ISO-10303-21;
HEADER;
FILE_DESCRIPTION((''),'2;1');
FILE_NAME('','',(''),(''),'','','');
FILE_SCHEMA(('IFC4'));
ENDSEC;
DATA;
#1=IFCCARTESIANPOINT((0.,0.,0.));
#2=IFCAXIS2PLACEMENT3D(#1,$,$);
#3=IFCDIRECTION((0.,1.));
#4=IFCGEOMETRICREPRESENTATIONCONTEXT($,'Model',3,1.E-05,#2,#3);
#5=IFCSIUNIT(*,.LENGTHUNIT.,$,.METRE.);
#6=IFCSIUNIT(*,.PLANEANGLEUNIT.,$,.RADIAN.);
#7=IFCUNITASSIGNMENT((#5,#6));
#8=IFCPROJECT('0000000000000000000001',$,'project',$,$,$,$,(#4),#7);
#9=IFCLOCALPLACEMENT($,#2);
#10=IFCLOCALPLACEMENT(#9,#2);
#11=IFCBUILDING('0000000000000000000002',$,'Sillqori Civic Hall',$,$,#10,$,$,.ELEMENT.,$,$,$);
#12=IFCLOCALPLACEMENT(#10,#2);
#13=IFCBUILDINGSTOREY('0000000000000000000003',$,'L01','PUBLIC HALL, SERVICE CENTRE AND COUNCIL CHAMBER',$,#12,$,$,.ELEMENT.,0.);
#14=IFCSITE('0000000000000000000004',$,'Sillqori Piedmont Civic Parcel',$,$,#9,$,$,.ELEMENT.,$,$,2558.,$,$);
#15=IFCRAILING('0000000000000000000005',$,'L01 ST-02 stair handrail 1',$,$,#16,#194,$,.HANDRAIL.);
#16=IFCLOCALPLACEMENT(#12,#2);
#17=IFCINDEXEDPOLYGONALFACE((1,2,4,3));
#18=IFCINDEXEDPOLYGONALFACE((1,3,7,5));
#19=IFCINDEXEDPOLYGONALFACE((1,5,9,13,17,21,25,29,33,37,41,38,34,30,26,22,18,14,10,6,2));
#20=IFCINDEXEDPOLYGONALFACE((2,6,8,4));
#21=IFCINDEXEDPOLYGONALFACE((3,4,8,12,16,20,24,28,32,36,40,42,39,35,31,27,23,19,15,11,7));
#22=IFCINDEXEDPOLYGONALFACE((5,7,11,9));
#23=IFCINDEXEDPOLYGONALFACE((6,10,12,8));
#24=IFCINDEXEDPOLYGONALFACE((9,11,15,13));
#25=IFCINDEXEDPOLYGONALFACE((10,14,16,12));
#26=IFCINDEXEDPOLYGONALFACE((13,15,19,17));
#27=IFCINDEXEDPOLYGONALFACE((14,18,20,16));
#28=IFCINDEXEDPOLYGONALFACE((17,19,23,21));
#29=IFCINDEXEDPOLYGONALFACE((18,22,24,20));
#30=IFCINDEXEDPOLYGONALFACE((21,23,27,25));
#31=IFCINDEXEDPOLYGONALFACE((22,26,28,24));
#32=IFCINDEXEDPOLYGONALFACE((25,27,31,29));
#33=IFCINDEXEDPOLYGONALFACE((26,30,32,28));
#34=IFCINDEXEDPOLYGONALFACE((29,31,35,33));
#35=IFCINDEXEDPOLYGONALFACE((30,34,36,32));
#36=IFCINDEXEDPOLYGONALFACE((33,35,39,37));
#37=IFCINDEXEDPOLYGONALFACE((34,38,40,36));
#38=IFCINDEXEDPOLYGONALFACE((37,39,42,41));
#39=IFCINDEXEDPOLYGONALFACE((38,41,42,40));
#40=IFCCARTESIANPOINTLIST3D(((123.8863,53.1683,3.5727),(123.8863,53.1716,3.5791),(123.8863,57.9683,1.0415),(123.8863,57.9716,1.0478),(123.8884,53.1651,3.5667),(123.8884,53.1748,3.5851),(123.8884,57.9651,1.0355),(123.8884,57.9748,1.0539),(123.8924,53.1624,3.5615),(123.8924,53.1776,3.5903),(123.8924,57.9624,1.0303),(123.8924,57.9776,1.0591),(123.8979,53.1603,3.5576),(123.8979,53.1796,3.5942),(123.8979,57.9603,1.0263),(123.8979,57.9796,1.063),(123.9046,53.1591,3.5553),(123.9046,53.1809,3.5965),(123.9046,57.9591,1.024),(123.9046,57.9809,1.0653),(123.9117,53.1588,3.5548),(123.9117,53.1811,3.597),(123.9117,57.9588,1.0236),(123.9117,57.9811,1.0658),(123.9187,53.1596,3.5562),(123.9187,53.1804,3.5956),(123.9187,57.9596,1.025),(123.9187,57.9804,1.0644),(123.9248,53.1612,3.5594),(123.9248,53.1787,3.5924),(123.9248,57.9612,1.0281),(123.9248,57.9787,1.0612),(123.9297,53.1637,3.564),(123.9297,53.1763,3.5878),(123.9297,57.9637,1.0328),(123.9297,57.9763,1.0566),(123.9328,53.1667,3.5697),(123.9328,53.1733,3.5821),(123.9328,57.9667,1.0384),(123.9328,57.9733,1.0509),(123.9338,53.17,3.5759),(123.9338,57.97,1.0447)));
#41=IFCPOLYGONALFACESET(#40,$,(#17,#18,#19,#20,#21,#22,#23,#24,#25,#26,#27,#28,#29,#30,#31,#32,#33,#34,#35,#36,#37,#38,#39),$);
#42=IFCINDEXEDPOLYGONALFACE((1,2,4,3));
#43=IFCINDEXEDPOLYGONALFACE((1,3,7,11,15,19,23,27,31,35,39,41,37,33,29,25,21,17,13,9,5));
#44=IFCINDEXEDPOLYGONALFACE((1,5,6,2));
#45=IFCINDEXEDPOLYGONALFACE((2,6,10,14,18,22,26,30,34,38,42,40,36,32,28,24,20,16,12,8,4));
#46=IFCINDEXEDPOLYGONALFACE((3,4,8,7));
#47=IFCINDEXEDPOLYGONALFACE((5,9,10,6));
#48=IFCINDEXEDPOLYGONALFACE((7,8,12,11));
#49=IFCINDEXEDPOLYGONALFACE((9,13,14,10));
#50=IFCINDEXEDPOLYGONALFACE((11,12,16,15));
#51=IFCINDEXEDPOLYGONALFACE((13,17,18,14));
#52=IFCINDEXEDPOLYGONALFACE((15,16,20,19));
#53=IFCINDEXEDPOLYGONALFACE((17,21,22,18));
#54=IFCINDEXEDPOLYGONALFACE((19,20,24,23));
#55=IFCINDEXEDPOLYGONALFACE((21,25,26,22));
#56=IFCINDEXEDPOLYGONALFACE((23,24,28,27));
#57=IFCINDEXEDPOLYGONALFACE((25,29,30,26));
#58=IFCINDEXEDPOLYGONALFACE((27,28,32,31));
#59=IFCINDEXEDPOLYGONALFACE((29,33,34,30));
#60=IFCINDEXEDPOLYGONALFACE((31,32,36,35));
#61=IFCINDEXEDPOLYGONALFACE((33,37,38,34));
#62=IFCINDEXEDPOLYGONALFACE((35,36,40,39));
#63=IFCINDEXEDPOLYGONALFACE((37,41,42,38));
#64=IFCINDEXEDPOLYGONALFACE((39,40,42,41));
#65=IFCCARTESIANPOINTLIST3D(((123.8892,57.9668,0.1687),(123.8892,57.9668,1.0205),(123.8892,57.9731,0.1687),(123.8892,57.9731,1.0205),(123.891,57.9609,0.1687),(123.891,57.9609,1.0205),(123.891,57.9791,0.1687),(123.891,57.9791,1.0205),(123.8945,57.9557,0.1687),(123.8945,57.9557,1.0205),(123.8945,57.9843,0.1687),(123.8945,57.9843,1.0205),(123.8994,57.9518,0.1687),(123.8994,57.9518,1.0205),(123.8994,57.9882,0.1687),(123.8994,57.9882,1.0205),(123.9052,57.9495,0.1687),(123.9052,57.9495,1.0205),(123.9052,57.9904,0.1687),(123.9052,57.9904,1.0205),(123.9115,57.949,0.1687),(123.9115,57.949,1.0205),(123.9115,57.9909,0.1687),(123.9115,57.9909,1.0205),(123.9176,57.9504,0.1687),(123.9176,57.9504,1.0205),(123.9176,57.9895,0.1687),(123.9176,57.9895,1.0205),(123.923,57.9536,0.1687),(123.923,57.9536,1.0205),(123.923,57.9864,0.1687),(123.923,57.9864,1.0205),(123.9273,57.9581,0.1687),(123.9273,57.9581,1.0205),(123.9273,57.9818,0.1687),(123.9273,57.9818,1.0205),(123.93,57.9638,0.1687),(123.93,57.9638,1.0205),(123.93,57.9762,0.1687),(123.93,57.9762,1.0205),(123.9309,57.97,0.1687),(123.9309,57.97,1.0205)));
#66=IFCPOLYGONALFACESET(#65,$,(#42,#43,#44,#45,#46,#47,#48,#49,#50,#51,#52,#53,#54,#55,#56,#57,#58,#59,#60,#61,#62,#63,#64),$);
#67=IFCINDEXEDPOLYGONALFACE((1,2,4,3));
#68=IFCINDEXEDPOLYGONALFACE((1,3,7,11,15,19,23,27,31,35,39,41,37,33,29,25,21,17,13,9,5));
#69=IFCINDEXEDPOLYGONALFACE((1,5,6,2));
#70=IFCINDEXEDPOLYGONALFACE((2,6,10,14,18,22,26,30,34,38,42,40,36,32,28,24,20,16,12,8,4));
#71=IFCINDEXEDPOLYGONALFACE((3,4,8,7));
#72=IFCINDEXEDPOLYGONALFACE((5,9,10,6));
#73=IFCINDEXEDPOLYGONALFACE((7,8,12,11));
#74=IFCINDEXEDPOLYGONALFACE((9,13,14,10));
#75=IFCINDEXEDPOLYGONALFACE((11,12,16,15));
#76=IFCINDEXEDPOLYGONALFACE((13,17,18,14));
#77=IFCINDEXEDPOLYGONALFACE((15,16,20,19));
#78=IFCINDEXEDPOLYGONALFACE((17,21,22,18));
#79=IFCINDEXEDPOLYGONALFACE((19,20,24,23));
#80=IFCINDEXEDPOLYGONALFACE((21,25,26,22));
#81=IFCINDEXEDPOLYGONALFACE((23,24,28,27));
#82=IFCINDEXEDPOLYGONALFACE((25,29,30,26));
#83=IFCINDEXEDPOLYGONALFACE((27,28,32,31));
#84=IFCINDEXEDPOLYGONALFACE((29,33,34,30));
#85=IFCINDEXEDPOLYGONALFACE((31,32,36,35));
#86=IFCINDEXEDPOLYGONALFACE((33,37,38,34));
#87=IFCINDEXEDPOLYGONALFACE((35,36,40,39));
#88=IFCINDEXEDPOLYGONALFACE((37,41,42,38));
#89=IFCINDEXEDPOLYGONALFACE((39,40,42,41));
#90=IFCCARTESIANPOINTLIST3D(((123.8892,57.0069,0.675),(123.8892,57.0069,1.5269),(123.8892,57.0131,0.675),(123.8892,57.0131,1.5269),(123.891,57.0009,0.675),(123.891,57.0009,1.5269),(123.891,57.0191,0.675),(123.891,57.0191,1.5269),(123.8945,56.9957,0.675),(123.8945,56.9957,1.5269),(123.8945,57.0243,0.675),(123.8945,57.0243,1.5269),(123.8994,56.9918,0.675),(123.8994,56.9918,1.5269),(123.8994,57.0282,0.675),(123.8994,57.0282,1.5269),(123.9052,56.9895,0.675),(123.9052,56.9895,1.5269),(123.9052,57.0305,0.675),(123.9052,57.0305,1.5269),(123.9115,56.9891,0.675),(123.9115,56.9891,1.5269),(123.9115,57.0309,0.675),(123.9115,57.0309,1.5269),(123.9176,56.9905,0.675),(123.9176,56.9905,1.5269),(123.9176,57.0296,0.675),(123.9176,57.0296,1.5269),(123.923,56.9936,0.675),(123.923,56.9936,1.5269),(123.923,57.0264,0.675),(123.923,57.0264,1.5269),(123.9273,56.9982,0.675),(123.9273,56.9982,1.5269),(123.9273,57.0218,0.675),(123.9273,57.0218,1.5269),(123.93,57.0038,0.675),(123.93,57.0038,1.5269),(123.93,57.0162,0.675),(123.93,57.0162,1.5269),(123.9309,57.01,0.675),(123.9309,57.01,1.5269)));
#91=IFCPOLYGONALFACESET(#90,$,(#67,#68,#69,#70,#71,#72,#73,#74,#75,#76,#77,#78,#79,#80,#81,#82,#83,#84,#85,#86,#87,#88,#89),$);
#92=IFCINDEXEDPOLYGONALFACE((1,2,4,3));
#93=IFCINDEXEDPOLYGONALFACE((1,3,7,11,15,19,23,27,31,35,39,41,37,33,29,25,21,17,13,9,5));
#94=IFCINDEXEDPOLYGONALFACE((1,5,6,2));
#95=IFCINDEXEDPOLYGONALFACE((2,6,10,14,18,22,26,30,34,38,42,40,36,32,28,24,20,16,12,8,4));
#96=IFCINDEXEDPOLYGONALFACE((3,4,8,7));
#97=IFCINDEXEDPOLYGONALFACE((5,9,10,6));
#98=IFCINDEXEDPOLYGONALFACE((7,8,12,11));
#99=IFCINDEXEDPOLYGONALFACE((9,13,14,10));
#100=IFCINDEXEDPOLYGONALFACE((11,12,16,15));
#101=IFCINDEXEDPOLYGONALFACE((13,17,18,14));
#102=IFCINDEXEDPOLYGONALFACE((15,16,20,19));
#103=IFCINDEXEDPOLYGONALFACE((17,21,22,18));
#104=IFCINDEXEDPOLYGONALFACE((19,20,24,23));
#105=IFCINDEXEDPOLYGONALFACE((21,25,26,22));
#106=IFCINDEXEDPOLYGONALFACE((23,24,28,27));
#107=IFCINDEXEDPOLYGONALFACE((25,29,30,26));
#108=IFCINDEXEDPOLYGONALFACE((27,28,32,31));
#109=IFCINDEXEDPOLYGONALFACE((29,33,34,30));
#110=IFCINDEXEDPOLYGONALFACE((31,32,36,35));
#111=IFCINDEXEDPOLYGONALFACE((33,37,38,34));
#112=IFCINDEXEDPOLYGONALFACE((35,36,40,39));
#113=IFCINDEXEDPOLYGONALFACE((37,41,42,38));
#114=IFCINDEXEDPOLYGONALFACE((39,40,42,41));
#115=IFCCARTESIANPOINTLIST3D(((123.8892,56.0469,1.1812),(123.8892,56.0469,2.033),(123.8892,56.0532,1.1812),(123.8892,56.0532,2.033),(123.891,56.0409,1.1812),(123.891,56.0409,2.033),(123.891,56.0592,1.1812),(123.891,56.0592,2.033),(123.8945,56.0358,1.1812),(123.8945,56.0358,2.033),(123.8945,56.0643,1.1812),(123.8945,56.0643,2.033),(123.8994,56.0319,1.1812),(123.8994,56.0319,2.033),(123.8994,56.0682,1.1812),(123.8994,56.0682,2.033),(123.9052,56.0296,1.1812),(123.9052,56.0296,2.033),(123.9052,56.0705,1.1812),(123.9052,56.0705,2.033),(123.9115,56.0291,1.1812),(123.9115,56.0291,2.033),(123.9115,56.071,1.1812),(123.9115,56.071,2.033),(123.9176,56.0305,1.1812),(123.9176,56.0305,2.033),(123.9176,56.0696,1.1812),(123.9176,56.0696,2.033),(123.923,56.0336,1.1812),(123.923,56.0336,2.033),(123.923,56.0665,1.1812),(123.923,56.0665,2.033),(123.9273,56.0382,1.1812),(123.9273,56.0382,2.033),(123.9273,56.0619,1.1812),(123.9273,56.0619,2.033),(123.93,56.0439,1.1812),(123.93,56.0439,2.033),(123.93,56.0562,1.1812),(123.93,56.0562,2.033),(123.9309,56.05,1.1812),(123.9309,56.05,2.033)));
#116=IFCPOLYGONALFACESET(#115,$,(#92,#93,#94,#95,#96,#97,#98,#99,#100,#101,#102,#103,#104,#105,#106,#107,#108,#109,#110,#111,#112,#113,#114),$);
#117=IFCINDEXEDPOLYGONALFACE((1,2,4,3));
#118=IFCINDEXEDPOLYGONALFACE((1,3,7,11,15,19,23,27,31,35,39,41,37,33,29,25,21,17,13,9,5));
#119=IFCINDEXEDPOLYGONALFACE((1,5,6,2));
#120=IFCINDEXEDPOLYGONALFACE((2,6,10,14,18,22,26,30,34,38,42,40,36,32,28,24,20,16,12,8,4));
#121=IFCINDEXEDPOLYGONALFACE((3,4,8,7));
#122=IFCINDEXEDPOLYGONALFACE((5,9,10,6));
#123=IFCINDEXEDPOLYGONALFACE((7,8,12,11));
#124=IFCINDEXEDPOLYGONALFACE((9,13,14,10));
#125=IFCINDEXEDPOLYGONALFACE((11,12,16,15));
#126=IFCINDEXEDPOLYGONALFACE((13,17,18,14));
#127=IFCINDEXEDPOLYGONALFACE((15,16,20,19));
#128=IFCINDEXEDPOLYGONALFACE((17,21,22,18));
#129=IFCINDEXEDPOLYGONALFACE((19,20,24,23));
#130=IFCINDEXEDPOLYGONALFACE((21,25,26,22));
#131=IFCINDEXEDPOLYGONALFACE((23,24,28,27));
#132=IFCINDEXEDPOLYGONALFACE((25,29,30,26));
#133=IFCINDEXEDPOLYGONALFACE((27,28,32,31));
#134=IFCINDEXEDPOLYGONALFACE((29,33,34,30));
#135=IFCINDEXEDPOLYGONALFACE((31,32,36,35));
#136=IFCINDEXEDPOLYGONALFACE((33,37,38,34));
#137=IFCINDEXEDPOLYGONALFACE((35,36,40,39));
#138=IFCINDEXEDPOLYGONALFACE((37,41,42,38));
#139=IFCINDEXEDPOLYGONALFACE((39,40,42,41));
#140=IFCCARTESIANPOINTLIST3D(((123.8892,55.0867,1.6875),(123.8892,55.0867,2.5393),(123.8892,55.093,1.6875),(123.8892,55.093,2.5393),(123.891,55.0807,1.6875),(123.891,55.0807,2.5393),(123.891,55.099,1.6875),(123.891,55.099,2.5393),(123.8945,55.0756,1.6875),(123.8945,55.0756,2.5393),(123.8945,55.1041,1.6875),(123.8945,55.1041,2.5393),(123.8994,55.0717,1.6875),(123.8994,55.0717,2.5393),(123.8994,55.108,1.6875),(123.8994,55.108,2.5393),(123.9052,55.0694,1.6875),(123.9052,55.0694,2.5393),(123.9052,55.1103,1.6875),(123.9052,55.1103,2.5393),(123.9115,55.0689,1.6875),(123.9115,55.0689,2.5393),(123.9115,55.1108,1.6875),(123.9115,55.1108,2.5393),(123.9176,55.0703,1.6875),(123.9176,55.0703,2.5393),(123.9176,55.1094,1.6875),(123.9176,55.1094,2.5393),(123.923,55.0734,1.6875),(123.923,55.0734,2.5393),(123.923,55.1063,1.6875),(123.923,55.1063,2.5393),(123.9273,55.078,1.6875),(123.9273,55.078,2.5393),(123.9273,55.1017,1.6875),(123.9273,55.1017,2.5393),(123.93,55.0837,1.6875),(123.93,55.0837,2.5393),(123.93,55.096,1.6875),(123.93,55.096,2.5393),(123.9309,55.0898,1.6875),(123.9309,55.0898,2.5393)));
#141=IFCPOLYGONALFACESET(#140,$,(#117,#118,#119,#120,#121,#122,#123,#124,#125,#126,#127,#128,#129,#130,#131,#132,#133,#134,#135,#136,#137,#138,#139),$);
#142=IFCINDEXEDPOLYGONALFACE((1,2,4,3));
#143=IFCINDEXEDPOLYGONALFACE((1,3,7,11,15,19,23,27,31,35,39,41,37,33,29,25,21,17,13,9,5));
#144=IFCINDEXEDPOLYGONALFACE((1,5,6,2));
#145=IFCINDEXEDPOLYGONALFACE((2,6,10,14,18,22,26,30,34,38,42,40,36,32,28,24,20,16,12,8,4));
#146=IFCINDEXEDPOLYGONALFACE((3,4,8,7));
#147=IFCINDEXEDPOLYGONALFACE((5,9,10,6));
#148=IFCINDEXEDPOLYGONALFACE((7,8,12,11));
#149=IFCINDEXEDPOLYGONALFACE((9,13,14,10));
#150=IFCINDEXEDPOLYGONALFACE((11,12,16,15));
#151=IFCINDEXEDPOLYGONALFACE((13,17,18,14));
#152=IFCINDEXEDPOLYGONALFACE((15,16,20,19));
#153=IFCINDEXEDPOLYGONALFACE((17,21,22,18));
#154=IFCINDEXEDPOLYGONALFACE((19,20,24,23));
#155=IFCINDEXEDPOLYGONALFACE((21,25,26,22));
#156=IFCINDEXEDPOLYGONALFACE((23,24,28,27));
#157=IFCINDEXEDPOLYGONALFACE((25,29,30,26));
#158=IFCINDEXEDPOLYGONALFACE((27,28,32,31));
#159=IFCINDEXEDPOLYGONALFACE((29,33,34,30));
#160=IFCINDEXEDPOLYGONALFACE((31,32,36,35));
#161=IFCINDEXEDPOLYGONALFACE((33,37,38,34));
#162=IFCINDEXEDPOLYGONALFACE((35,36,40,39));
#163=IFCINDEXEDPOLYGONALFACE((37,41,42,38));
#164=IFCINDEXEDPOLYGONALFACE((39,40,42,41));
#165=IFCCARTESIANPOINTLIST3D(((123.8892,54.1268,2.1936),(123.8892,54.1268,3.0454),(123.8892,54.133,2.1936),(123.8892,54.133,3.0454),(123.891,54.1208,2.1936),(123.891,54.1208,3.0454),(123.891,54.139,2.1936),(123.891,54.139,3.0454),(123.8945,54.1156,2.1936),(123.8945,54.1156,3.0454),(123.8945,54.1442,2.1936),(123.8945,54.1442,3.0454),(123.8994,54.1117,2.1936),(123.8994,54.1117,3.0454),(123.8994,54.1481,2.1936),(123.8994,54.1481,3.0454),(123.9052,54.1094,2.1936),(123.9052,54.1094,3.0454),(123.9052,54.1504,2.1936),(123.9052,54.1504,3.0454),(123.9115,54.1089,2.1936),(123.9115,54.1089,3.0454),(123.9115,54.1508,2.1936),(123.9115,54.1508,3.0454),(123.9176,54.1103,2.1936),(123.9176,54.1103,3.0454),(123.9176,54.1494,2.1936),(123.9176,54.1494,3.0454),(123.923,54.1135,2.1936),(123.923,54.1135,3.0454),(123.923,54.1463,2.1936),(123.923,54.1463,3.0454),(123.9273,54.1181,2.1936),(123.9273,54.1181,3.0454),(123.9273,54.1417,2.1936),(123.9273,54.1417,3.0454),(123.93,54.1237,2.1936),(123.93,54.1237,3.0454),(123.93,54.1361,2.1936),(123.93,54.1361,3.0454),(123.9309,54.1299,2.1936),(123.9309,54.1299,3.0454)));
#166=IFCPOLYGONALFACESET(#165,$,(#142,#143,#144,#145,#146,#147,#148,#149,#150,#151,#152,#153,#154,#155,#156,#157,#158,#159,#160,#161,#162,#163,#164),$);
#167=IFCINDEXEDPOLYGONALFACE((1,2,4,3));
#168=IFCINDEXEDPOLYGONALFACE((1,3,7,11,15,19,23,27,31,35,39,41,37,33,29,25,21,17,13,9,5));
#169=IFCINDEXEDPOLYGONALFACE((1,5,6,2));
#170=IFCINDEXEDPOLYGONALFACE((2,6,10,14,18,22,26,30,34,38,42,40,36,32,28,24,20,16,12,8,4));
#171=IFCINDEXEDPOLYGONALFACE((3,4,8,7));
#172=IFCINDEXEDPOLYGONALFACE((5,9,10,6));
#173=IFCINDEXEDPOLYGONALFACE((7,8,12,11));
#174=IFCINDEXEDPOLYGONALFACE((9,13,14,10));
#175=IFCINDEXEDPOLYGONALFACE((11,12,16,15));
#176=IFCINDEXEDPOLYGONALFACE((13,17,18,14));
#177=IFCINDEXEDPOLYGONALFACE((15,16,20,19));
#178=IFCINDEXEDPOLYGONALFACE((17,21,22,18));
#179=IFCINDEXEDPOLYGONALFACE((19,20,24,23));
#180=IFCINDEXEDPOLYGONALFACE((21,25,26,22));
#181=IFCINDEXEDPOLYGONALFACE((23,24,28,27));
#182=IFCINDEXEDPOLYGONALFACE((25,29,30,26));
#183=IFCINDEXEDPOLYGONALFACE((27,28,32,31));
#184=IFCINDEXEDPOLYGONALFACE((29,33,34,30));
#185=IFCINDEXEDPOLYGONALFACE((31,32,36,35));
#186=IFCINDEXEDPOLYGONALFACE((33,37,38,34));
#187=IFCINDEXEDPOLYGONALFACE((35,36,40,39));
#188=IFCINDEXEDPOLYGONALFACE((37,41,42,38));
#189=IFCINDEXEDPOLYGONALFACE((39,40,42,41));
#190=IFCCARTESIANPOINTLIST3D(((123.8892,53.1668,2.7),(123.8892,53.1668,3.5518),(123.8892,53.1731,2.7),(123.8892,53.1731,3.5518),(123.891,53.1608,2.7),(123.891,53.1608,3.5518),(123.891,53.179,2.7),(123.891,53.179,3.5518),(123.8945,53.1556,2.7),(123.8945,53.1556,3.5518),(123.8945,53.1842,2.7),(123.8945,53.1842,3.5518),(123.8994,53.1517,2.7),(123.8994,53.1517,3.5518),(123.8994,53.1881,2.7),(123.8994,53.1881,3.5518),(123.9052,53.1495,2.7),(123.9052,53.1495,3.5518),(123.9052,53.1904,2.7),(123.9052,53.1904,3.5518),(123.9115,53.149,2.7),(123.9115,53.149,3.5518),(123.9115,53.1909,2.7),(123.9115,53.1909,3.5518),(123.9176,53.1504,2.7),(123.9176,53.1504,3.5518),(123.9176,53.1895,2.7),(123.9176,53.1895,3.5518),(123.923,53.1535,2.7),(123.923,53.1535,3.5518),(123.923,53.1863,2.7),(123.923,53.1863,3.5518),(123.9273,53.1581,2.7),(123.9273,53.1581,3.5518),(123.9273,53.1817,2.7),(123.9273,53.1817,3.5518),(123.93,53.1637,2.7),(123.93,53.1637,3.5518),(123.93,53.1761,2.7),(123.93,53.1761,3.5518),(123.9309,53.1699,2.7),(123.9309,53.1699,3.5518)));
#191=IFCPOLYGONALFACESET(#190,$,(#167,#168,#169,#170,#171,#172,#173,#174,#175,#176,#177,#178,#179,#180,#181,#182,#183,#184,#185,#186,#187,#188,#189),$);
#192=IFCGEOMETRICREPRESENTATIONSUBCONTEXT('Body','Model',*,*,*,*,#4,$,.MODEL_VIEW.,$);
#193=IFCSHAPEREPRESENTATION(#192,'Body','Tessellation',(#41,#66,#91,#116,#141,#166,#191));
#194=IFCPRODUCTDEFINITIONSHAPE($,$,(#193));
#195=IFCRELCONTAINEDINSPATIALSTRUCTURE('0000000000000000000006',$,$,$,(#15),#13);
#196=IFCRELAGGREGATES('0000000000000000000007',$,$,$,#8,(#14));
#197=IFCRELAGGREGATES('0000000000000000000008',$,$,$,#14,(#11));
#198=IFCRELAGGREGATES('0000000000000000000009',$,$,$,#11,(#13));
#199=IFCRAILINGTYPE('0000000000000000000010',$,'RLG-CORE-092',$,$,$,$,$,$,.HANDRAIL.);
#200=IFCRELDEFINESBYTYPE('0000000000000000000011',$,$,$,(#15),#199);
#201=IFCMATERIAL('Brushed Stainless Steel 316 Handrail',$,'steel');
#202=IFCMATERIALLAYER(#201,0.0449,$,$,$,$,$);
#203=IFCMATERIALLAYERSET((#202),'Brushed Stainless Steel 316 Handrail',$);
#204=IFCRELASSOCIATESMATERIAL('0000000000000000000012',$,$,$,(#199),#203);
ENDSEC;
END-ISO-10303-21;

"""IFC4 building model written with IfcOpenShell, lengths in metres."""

from ifc_helpers import new_model, si_unit, direction, frame, origin, origin_2d, place, context, subcontext, project, spatial, circle, extrude, material, layer, layer_set, type_object, element, save


model = new_model("IFC4")

# Units and contexts
model_context = context("Model", 3, precision=1e-05, world=origin(), true_north=direction((0.0, 1.0)))
body_context = subcontext(model_context, "Body", "Model", "MODEL_VIEW")
ifc_project = project(units=[si_unit("LENGTHUNIT", "METRE"), si_unit("PLANEANGLEUNIT", "RADIAN")], contexts=[model_context])

# Site, building, storey
site_placement = place(None, origin())
site = spatial("IfcSite", under=ifc_project, at=site_placement, Name="Sillqori Piedmont Civic Parcel", CompositionType="ELEMENT", RefElevation=2558.0)
building_placement = place(site_placement, origin())
building = spatial("IfcBuilding", under=site, at=building_placement, Name="Sillqori Civic Hall", CompositionType="ELEMENT")
storey_placement = place(building_placement, origin())
storey = spatial("IfcBuildingStorey", under=building, at=storey_placement, Name="L01", Description="PUBLIC HALL, SERVICE CENTRE AND COUNCIL CHAMBER", CompositionType="ELEMENT", Elevation=0.0)

# Railing
ifc_material_1 = material(Name="Brushed Stainless Steel 316 Handrail", Category="steel")
ifc_layer_1 = layer(ifc_material_1, 0.0449)
ifc_layer_set_1 = layer_set([ifc_layer_1], Name="Brushed Stainless Steel 316 Handrail")
railing_type = type_object("IfcRailingType", Name="RLG-CORE-092", PredefinedType="HANDRAIL", material=ifc_layer_set_1)
railing_placement = place(storey_placement, frame((123.9099, 57.97, 0.1687)))
element("IfcRailing", 1, at=railing_placement, inside=storey, type_object=railing_type, Name="L01 ST-02 stair handrail 1", PredefinedType="HANDRAIL", context=body_context, shape_type="SweptSolid", body=[
    extrude(circle(Radius=0.0239, at=origin_2d()), frame((0.0, 0.0, 0.876), z_axis=(0.0, -0.884545, 0.466455), x_axis=(1.0, 0.0, 0.0)), (0.0, 0.0, 1.0), 5.4265),
    extrude(circle(Radius=0.021, at=origin_2d()), origin(), (0.0, 0.0, 1.0), 0.8518),
    extrude(circle(Radius=0.021, at=origin_2d()), frame((0.0, -0.96, 0.5063)), (0.0, 0.0, 1.0), 0.8518),
    extrude(circle(Radius=0.021, at=origin_2d()), frame((0.0, -1.9199, 1.0125)), (0.0, 0.0, 1.0), 0.8518),
    extrude(circle(Radius=0.021, at=origin_2d()), frame((0.0, -2.8801, 1.5188)), (0.0, 0.0, 1.0), 0.8518),
    extrude(circle(Radius=0.021, at=origin_2d()), frame((0.0, -3.8401, 2.0249)), (0.0, 0.0, 1.0), 0.8518),
    extrude(circle(Radius=0.021, at=origin_2d()), frame((0.0, -4.8, 2.5312)), (0.0, 0.0, 1.0), 0.8518),
])

save(model, "model.ifc")
